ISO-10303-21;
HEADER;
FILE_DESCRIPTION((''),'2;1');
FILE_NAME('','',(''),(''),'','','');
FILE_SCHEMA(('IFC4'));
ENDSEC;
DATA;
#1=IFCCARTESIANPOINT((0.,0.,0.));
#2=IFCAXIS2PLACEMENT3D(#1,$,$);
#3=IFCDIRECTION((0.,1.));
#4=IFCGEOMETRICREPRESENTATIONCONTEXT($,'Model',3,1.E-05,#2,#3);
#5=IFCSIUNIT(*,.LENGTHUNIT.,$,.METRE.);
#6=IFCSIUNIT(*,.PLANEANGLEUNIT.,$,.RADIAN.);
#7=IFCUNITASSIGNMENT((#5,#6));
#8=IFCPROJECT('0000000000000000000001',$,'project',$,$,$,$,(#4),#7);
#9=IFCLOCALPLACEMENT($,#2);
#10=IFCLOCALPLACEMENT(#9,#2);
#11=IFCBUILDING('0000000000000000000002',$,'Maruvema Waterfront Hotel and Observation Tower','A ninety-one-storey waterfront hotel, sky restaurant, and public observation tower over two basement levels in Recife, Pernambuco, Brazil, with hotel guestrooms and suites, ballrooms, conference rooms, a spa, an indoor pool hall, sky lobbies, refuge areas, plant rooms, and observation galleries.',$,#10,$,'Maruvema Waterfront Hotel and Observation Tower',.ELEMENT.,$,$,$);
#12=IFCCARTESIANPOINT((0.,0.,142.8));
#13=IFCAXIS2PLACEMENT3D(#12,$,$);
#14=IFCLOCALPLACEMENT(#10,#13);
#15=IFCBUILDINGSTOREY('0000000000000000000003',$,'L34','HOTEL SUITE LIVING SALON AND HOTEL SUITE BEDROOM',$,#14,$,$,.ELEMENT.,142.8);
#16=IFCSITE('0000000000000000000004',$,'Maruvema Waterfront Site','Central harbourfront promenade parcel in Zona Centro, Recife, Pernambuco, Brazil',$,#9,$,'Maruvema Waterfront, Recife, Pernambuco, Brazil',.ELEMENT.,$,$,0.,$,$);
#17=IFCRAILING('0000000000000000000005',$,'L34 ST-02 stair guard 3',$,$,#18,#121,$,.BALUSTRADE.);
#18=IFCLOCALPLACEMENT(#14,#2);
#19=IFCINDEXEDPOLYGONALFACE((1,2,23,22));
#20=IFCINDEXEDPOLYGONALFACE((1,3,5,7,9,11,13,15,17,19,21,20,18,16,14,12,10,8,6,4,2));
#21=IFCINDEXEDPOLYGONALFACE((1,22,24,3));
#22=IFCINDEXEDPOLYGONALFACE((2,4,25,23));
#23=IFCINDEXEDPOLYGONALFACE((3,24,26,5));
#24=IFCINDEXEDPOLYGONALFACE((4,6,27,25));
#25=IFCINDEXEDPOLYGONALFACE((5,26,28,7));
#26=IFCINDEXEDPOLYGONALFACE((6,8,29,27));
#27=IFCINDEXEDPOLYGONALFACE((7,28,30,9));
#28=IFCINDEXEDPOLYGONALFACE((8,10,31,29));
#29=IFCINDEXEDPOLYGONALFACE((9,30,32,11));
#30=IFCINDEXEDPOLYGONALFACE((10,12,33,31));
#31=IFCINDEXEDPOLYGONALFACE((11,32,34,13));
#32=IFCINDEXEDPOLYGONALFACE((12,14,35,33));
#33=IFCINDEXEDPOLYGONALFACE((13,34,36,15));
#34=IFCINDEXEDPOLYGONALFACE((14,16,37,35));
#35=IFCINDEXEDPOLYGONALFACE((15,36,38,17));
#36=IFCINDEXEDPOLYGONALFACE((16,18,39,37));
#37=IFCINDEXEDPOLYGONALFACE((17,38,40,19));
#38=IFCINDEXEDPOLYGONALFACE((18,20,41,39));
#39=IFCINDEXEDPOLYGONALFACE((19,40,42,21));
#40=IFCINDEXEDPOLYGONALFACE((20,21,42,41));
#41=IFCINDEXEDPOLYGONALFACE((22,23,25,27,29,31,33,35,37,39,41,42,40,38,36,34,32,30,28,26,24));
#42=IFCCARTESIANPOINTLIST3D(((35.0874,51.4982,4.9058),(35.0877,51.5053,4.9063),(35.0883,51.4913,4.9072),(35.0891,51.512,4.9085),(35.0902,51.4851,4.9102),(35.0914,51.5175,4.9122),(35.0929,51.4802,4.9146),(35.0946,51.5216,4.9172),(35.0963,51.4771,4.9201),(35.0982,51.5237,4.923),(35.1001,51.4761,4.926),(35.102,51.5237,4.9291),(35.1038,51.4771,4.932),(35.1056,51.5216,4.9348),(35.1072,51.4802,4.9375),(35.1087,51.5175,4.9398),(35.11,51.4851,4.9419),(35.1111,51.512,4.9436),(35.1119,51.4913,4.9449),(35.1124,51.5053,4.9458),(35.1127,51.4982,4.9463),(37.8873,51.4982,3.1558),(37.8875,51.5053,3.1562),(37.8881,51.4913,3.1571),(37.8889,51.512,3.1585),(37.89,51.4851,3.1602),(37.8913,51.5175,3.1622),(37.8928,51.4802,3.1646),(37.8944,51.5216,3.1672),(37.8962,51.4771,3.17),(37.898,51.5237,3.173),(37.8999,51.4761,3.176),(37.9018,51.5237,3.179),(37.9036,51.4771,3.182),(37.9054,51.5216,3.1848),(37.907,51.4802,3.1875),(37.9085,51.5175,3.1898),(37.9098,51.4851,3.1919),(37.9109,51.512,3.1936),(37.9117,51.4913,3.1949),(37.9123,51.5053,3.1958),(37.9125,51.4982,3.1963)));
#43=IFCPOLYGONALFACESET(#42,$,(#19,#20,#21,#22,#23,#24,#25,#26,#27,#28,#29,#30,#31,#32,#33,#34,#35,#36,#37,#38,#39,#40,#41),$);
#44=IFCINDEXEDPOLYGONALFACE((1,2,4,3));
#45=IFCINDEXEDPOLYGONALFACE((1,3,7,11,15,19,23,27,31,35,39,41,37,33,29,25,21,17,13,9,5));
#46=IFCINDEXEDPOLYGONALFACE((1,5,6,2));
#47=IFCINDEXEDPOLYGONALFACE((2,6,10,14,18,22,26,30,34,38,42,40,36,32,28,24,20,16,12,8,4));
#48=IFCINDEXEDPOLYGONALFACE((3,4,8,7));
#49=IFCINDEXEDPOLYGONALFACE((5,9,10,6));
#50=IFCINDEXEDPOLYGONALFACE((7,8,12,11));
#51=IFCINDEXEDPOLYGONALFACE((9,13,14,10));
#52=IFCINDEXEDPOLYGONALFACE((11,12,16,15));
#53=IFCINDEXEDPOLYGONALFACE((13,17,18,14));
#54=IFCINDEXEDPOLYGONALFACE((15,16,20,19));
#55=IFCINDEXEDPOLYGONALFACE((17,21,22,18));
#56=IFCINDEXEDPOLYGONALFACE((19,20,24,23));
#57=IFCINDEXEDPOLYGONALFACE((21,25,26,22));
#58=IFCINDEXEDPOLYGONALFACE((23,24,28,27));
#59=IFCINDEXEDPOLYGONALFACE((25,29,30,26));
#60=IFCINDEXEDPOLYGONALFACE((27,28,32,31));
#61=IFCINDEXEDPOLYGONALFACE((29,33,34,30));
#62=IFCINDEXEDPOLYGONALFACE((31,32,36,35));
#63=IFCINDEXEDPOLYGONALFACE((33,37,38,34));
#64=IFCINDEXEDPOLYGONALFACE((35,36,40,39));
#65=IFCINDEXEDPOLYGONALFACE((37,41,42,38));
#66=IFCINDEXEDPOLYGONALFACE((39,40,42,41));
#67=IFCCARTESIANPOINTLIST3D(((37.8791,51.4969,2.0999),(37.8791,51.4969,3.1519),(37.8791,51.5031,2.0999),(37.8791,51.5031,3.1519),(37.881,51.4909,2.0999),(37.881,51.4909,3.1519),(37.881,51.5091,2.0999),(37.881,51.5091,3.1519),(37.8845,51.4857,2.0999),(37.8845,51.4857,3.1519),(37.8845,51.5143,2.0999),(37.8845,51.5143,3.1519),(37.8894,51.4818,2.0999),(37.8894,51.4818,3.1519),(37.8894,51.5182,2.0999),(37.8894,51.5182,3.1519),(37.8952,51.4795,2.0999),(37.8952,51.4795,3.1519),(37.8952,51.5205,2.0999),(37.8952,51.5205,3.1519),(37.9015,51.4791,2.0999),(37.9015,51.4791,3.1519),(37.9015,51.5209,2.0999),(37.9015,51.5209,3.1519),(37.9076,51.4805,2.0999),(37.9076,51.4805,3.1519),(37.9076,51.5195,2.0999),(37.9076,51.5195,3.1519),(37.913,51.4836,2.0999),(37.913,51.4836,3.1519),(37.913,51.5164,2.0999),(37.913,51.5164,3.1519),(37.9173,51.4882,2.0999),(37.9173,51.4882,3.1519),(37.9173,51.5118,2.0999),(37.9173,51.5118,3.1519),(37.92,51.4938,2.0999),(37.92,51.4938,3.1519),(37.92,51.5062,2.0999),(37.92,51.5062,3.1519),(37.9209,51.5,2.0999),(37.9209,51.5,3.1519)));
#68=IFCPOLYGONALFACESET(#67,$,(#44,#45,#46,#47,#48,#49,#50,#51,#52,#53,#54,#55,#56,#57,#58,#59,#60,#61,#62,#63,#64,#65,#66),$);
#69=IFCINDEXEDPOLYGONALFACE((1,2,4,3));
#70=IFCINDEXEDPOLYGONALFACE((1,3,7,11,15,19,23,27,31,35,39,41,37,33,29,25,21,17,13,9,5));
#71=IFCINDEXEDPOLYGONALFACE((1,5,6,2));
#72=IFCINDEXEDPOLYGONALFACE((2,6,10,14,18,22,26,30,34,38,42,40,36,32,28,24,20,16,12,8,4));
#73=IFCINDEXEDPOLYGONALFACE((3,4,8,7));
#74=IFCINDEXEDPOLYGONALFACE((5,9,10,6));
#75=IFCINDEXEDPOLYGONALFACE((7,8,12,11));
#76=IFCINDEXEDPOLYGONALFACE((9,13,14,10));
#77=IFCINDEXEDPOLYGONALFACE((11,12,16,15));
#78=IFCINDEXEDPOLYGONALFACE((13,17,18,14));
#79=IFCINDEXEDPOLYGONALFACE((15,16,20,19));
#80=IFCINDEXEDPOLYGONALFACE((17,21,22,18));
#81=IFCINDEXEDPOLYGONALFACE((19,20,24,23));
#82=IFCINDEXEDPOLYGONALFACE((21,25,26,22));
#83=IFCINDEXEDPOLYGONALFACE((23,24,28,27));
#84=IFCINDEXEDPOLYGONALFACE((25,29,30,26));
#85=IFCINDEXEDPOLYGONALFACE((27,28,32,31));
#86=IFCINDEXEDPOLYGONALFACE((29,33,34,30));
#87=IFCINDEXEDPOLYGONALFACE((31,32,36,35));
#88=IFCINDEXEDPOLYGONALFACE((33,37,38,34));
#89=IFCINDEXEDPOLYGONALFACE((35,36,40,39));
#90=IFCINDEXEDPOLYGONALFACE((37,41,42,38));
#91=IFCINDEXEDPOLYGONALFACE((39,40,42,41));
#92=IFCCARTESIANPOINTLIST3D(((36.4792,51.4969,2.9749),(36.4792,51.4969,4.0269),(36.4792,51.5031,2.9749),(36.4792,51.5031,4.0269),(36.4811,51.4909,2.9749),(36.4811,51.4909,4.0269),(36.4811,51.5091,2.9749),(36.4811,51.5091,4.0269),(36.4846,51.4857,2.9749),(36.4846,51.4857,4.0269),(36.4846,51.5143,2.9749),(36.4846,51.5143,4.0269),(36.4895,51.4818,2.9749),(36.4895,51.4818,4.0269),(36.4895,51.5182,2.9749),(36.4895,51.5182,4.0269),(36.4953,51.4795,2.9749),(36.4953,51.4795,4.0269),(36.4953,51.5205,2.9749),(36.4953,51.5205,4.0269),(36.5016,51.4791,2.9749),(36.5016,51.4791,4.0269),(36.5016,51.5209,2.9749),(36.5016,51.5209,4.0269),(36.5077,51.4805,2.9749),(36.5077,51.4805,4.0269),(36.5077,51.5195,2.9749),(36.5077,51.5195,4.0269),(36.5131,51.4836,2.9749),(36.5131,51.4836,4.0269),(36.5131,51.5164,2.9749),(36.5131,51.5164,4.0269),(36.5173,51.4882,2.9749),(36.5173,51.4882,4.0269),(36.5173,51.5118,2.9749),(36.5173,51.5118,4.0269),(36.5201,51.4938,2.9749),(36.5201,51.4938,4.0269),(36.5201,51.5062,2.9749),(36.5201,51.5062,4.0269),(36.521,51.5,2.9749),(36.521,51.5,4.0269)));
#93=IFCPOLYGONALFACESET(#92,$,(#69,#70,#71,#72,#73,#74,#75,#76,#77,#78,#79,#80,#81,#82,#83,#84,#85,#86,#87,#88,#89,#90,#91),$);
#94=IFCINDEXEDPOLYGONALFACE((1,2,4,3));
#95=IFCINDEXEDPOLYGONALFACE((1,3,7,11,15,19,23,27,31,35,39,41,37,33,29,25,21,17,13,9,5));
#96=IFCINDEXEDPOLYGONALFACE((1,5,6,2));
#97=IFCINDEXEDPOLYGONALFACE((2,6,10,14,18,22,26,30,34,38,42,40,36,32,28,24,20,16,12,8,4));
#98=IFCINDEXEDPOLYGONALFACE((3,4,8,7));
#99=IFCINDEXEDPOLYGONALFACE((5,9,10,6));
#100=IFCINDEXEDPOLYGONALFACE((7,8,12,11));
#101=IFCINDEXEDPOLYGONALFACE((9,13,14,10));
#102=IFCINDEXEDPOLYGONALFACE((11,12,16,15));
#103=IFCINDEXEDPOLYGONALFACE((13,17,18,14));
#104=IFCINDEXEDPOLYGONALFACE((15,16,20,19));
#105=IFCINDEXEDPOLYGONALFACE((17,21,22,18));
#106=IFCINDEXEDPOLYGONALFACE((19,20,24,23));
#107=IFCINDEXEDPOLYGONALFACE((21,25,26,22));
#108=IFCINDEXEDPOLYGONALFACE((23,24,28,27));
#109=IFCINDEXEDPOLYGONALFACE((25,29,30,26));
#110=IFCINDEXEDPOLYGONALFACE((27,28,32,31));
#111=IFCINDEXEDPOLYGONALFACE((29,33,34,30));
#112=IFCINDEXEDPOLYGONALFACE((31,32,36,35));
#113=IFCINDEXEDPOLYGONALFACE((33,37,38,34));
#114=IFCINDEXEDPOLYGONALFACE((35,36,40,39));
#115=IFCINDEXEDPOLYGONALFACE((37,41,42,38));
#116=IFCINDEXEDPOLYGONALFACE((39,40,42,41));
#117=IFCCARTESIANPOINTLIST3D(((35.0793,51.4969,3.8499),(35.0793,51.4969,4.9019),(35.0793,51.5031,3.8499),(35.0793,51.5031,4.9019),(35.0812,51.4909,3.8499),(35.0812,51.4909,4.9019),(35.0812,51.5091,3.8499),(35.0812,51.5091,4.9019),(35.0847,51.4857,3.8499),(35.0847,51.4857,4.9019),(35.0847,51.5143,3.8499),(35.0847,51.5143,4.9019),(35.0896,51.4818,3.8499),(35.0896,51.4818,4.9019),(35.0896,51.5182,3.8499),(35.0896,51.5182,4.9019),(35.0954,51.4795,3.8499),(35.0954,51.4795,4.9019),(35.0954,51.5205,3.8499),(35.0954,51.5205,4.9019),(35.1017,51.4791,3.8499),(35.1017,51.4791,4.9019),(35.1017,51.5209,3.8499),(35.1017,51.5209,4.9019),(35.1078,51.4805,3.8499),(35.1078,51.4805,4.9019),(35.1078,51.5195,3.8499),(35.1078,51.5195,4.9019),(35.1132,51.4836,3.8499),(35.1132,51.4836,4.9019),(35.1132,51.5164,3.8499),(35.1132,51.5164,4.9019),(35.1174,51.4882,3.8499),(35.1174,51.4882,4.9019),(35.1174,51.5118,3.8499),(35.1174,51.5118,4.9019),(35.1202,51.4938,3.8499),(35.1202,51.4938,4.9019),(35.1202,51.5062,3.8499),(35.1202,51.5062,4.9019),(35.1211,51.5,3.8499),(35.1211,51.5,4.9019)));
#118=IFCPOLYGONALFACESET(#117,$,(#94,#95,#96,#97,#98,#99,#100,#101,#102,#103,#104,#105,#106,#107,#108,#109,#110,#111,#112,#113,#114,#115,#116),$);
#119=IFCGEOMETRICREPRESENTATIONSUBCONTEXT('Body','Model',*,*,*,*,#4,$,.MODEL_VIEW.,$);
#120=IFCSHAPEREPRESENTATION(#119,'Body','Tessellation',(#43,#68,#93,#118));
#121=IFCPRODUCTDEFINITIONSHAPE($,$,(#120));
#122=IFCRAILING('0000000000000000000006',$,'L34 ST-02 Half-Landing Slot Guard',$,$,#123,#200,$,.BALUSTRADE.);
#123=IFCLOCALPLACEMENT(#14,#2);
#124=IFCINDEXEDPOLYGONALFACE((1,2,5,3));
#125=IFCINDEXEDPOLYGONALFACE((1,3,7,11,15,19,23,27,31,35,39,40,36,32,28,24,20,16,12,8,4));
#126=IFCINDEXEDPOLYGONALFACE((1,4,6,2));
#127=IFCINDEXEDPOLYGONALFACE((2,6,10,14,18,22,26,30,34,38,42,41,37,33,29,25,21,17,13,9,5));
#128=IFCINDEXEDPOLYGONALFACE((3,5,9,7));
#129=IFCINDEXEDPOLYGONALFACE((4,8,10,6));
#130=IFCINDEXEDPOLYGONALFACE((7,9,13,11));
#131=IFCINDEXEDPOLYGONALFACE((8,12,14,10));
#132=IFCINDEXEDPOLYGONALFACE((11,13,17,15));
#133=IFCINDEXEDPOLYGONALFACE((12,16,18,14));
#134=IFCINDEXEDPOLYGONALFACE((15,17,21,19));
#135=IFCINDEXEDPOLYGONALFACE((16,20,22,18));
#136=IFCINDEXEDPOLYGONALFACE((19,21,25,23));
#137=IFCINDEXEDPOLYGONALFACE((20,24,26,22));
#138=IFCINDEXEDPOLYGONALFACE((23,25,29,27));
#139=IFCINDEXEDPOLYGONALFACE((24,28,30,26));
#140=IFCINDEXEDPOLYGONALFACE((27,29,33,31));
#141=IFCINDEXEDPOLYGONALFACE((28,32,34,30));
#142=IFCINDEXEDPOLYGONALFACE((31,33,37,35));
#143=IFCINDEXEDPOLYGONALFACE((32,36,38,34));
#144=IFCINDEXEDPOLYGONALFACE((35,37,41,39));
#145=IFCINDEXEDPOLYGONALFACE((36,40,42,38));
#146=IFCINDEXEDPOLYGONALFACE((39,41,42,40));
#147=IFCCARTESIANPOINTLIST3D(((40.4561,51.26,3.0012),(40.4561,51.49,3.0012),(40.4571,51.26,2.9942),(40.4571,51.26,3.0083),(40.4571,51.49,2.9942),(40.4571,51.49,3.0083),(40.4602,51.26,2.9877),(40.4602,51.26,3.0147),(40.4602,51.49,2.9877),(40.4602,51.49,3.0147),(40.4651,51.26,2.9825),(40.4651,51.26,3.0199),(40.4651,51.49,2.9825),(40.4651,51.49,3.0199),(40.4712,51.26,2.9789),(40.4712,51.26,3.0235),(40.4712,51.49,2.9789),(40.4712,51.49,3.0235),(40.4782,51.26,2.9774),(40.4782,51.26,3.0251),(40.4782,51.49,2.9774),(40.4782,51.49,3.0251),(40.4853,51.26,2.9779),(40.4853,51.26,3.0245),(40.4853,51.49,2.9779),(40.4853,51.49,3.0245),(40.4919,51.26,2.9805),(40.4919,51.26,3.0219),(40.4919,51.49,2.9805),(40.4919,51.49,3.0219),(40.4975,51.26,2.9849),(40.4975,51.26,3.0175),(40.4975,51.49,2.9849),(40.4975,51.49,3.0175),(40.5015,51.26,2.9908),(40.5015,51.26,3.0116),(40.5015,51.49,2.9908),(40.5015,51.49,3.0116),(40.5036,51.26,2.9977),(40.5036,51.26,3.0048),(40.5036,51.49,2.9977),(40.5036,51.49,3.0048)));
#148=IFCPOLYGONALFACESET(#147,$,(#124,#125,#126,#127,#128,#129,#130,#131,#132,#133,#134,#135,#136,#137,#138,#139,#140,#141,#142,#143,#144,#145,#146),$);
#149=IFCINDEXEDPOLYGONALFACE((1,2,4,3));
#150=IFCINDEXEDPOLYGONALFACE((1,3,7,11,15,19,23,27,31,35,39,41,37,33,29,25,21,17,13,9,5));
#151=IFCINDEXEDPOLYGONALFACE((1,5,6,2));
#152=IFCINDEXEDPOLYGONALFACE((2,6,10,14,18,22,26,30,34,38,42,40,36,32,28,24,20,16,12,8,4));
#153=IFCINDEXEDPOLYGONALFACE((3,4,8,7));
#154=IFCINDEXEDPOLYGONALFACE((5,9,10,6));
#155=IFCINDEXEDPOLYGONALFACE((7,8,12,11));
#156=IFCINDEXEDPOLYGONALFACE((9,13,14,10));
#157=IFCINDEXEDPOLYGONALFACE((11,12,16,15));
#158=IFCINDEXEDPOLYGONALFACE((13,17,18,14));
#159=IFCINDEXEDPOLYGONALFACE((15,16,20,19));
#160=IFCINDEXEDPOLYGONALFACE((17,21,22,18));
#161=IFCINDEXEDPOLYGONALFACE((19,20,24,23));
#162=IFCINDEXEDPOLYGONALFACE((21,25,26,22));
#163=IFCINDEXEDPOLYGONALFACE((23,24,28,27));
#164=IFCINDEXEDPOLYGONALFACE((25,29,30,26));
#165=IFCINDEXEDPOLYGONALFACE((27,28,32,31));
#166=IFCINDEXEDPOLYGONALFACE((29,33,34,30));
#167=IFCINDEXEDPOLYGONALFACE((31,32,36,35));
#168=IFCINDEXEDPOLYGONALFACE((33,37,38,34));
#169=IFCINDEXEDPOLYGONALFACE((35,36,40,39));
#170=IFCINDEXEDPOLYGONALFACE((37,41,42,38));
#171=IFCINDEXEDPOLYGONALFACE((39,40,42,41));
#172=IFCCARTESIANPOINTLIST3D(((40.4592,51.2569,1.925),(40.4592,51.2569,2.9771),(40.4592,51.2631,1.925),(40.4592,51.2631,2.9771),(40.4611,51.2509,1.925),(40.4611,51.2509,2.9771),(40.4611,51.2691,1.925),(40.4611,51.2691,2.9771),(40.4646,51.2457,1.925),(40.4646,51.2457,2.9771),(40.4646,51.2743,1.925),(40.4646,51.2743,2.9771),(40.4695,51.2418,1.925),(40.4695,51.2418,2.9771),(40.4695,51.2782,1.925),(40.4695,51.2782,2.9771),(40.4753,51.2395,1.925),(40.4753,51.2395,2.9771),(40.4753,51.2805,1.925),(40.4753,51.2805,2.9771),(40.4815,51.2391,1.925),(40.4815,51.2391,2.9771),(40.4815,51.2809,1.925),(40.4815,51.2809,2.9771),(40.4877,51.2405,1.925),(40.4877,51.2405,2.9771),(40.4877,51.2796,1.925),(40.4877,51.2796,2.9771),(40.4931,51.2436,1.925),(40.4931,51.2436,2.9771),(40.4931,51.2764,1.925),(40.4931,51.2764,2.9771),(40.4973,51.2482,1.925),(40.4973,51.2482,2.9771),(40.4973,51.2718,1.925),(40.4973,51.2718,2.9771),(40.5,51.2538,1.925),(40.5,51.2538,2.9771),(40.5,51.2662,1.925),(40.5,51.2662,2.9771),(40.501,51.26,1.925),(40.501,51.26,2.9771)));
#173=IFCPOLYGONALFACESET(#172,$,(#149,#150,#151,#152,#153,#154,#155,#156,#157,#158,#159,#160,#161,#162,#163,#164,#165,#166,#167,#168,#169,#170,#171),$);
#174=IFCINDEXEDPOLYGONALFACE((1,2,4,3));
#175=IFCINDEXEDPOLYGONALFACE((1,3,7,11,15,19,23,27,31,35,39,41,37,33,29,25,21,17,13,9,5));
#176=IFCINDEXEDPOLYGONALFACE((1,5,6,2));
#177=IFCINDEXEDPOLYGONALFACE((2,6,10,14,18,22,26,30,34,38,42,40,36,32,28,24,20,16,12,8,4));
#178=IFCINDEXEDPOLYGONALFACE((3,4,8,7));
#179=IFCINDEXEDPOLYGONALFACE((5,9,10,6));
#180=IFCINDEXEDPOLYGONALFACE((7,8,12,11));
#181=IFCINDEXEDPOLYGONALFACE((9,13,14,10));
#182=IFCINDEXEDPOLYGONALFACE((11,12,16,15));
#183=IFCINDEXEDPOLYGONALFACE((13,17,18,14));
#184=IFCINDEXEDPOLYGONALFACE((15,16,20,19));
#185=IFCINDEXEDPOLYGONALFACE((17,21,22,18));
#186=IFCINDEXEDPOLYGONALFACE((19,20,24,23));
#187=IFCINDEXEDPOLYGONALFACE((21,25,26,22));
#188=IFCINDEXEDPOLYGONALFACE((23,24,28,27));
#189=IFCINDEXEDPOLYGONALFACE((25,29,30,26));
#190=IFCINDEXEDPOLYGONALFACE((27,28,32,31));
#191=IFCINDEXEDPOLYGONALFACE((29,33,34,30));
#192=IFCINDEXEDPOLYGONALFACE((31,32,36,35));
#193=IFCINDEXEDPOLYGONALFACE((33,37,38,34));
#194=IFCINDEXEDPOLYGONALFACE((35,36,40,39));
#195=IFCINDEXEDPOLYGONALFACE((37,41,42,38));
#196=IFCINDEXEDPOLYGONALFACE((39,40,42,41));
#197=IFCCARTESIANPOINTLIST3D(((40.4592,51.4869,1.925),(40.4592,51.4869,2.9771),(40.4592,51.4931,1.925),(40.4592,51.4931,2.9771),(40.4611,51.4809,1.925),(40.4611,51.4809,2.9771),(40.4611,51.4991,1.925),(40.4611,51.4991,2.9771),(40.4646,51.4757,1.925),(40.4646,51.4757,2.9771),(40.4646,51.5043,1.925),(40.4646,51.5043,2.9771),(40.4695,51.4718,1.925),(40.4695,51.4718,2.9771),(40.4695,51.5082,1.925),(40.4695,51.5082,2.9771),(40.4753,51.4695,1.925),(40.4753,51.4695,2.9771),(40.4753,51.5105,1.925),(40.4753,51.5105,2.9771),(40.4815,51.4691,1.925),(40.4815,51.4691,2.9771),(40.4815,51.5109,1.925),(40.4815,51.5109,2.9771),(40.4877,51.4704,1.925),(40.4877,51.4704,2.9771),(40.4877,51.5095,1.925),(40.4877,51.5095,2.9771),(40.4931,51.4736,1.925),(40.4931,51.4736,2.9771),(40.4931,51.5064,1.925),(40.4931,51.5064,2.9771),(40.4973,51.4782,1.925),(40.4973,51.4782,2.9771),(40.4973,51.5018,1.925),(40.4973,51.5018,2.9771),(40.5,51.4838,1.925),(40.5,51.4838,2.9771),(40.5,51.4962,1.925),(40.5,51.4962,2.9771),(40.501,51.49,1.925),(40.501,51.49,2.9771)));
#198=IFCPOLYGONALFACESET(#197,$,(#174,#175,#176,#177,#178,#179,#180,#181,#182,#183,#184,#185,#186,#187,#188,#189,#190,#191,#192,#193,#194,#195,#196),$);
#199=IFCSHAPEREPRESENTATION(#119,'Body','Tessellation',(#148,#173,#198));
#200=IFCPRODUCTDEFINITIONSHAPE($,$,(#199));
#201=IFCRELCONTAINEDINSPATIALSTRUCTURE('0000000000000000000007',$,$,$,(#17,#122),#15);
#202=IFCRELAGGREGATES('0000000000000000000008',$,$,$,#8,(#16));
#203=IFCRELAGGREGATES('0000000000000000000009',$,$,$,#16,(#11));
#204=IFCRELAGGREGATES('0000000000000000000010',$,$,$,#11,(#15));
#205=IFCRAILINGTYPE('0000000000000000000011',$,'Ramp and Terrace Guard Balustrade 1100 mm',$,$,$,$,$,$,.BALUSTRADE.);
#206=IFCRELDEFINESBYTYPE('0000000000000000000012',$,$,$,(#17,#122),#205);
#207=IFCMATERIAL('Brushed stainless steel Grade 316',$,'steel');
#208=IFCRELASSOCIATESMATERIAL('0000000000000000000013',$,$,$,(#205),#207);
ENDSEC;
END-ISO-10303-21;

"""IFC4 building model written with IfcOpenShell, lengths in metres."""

from ifc_helpers import new_model, si_unit, direction, frame, origin, origin_2d, place, context, subcontext, project, spatial, circle, extrude, material, type_object, element, save


model = new_model("IFC4")

# Units and contexts
model_context = context("Model", 3, precision=1e-05, world=origin(), true_north=direction((0.0, 1.0)))
body_context = subcontext(model_context, "Body", "Model", "MODEL_VIEW")
ifc_project = project(units=[si_unit("LENGTHUNIT", "METRE"), si_unit("PLANEANGLEUNIT", "RADIAN")], contexts=[model_context])

# Site, building, storey
site_placement = place(None, origin())
site = spatial("IfcSite", under=ifc_project, at=site_placement, Name="Maruvema Waterfront Site", Description="Central harbourfront promenade parcel in Zona Centro, Recife, Pernambuco, Brazil", LongName="Maruvema Waterfront, Recife, Pernambuco, Brazil", CompositionType="ELEMENT", RefElevation=0.0)
building_placement = place(site_placement, origin())
building = spatial("IfcBuilding", under=site, at=building_placement, Name="Maruvema Waterfront Hotel and Observation Tower", Description="A ninety-one-storey waterfront hotel, sky restaurant, and public observation tower over two basement levels in Recife, Pernambuco, Brazil, with hotel guestrooms and suites, ballrooms, conference rooms, a spa, an indoor pool hall, sky lobbies, refuge areas, plant rooms, and observation galleries.", LongName="Maruvema Waterfront Hotel and Observation Tower", CompositionType="ELEMENT")
storey_placement = place(building_placement, frame((0.0, 0.0, 142.8)))
storey = spatial("IfcBuildingStorey", under=building, at=storey_placement, Name="L34", Description="HOTEL SUITE LIVING SALON AND HOTEL SUITE BEDROOM", CompositionType="ELEMENT", Elevation=142.8)

# Railings
ifc_material_1 = material(Name="Brushed stainless steel Grade 316", Category="steel")
railing_type_1 = type_object("IfcRailingType", Name="Ramp and Terrace Guard Balustrade 1100 mm", PredefinedType="BALUSTRADE", material=ifc_material_1)
railing_1_placement = place(storey_placement, frame((37.8999, 51.5, 2.0999)))
element("IfcRailing", 1, at=railing_1_placement, inside=storey, type_object=railing_type_1, Name="L34 ST-02 stair guard 3", PredefinedType="BALUSTRADE", context=body_context, shape_type="SweptSolid", body=[
    extrude(circle(Radius=0.0239, at=origin_2d()), frame((0.0, 0.0, 1.0762), z_axis=(-0.847982, 0.0, 0.530026), x_axis=(0.0, -1.0, 0.0)), (0.0, 0.0, 1.0), 3.3018),
    extrude(circle(Radius=0.021, at=origin_2d()), origin(), (0.0, 0.0, 1.0), 1.052),
    extrude(circle(Radius=0.021, at=origin_2d()), frame((-1.3999, 0.0, 0.875)), (0.0, 0.0, 1.0), 1.052),
    extrude(circle(Radius=0.021, at=origin_2d()), frame((-2.7998, 0.0, 1.75)), (0.0, 0.0, 1.0), 1.052),
])
railing_2_placement = place(storey_placement, frame((40.48, 51.26, 1.925)))
element("IfcRailing", 2, at=railing_2_placement, inside=storey, type_object=railing_type_1, Name="L34 ST-02 Half-Landing Slot Guard", PredefinedType="BALUSTRADE", context=body_context, shape_type="SweptSolid", body=[
    extrude(circle(Radius=0.0239, at=origin_2d()), frame((0.0, 0.0, 1.0762), z_axis=(0.0, 1.0, 0.0), x_axis=(-1.0, 0.0, 0.0)), (0.0, 0.0, 1.0), 0.23),
    extrude(circle(Radius=0.021, at=origin_2d()), origin(), (0.0, 0.0, 1.0), 1.052),
    extrude(circle(Radius=0.021, at=origin_2d()), frame((0.0, 0.23, 0.0)), (0.0, 0.0, 1.0), 1.052),
])

save(model, "model.ifc")
